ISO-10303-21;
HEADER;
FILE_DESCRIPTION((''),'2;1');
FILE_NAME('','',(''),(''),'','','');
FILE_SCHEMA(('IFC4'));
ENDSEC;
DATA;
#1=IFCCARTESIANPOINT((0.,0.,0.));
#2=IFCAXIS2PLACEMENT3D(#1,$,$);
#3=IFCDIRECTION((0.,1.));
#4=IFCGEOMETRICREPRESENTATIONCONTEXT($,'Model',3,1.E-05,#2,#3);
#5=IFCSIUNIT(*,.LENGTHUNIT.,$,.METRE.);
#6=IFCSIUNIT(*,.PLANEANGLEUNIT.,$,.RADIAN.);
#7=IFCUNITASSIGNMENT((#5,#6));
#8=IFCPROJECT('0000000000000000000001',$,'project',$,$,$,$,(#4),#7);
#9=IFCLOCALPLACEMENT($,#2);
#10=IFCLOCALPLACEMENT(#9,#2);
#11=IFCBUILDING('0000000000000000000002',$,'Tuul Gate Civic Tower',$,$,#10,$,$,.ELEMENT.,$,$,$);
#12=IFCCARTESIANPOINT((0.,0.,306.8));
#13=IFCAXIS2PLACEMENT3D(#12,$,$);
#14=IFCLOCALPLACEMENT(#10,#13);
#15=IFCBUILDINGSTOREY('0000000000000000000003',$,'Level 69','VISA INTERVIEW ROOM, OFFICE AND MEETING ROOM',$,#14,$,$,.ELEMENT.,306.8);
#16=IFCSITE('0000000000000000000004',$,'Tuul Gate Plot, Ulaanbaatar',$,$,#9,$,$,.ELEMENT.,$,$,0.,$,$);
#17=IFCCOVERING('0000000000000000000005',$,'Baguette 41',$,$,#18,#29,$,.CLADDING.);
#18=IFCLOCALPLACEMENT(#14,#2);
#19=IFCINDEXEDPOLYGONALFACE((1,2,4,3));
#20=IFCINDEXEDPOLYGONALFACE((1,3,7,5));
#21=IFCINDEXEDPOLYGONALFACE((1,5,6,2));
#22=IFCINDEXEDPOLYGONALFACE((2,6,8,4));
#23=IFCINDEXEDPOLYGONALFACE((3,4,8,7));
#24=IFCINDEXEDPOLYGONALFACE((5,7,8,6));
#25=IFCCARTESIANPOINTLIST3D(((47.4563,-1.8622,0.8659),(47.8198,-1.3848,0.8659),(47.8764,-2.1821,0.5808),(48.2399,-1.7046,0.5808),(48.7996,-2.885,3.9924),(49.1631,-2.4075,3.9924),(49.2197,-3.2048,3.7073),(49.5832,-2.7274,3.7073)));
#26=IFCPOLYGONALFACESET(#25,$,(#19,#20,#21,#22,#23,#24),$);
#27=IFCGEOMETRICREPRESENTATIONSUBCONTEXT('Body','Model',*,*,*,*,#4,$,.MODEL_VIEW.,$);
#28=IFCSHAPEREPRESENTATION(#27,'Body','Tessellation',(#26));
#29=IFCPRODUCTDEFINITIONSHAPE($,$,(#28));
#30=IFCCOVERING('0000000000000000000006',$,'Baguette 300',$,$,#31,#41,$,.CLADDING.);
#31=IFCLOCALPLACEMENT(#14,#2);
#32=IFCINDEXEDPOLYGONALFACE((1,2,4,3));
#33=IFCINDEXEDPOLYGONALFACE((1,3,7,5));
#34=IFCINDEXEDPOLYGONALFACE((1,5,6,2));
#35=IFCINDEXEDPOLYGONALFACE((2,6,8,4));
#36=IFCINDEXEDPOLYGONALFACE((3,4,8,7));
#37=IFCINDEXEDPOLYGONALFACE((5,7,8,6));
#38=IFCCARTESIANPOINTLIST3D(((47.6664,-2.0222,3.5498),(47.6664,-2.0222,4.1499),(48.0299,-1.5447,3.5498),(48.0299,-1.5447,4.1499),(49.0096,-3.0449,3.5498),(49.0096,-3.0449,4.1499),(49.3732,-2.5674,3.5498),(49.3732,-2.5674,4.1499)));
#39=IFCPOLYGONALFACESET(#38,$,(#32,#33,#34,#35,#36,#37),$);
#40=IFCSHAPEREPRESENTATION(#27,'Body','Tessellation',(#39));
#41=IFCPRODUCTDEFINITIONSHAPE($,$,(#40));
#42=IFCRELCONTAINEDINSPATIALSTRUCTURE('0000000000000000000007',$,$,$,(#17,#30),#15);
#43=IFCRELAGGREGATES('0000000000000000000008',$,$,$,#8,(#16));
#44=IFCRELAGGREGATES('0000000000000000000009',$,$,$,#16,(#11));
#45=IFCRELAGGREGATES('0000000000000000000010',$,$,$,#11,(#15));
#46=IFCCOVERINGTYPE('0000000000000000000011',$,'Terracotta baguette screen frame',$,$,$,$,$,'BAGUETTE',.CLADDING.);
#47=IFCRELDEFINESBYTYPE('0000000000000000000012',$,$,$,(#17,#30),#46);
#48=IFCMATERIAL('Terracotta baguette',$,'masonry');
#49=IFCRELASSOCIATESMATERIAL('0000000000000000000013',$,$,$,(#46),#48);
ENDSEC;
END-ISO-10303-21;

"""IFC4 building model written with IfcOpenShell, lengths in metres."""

from ifc_helpers import new_model, si_unit, direction, frame, origin, origin_2d, place, context, subcontext, project, spatial, rectangle, extrude, material, material_profile, profile_set, type_object, element, save


model = new_model("IFC4")

# Units and contexts
model_context = context("Model", 3, precision=1e-05, world=origin(), true_north=direction((0.0, 1.0)))
body_context = subcontext(model_context, "Body", "Model", "MODEL_VIEW")
ifc_project = project(units=[si_unit("LENGTHUNIT", "METRE"), si_unit("PLANEANGLEUNIT", "RADIAN")], contexts=[model_context])

# Site, building, storey
site_placement = place(None, origin())
site = spatial("IfcSite", under=ifc_project, at=site_placement, Name="Tuul Gate Plot, Ulaanbaatar", CompositionType="ELEMENT", RefElevation=0.0)
building_placement = place(site_placement, origin())
building = spatial("IfcBuilding", under=site, at=building_placement, Name="Tuul Gate Civic Tower", CompositionType="ELEMENT")
storey_placement = place(building_placement, frame((0.0, 0.0, 306.8)))
storey = spatial("IfcBuildingStorey", under=building, at=storey_placement, Name="Level 69", Description="VISA INTERVIEW ROOM, OFFICE AND MEETING ROOM", CompositionType="ELEMENT", Elevation=306.8)

# Coverings
ifc_material_1 = material(Name="Terracotta baguette", Category="masonry")
ifc_material_profile_1 = material_profile(ifc_material_1, rectangle(XDim=0.6001, YDim=0.6001, at=origin_2d()), Name="Terracotta baguette screen frame")
ifc_profile_set_1 = profile_set([ifc_material_profile_1], Name="Terracotta baguette")
covering_type = type_object("IfcCoveringType", Name="Terracotta baguette screen frame", ElementType="BAGUETTE", PredefinedType="CLADDING", material=ifc_profile_set_1)
covering_1_placement = place(storey_placement, frame((49.1914, -2.8062, 3.8499), z_axis=(-0.378045, 0.287828, -0.879907), x_axis=(-0.605769, -0.795641, 0.0)))
element("IfcCovering", 1, at=covering_1_placement, inside=storey, type_object=covering_type, Name="Baguette 41", PredefinedType="CLADDING", context=body_context, shape_type="SweptSolid", body=[
    extrude(rectangle(XDim=0.6001, YDim=0.6001, at=origin_2d()), origin(), (0.0, 0.0, 1.0), 3.5532),
])
covering_2_placement = place(storey_placement, frame((49.1914, -2.8062, 3.8499), z_axis=(-0.795641, 0.605769, 0.0), x_axis=(-0.605769, -0.795641, 0.0)))
element("IfcCovering", 2, at=covering_2_placement, inside=storey, type_object=covering_type, Name="Baguette 300", PredefinedType="CLADDING", context=body_context, shape_type="SweptSolid", body=[
    extrude(rectangle(XDim=0.6001, YDim=0.6001, at=origin_2d()), origin(), (0.0, 0.0, 1.0), 1.6882),
])

save(model, "model.ifc")
